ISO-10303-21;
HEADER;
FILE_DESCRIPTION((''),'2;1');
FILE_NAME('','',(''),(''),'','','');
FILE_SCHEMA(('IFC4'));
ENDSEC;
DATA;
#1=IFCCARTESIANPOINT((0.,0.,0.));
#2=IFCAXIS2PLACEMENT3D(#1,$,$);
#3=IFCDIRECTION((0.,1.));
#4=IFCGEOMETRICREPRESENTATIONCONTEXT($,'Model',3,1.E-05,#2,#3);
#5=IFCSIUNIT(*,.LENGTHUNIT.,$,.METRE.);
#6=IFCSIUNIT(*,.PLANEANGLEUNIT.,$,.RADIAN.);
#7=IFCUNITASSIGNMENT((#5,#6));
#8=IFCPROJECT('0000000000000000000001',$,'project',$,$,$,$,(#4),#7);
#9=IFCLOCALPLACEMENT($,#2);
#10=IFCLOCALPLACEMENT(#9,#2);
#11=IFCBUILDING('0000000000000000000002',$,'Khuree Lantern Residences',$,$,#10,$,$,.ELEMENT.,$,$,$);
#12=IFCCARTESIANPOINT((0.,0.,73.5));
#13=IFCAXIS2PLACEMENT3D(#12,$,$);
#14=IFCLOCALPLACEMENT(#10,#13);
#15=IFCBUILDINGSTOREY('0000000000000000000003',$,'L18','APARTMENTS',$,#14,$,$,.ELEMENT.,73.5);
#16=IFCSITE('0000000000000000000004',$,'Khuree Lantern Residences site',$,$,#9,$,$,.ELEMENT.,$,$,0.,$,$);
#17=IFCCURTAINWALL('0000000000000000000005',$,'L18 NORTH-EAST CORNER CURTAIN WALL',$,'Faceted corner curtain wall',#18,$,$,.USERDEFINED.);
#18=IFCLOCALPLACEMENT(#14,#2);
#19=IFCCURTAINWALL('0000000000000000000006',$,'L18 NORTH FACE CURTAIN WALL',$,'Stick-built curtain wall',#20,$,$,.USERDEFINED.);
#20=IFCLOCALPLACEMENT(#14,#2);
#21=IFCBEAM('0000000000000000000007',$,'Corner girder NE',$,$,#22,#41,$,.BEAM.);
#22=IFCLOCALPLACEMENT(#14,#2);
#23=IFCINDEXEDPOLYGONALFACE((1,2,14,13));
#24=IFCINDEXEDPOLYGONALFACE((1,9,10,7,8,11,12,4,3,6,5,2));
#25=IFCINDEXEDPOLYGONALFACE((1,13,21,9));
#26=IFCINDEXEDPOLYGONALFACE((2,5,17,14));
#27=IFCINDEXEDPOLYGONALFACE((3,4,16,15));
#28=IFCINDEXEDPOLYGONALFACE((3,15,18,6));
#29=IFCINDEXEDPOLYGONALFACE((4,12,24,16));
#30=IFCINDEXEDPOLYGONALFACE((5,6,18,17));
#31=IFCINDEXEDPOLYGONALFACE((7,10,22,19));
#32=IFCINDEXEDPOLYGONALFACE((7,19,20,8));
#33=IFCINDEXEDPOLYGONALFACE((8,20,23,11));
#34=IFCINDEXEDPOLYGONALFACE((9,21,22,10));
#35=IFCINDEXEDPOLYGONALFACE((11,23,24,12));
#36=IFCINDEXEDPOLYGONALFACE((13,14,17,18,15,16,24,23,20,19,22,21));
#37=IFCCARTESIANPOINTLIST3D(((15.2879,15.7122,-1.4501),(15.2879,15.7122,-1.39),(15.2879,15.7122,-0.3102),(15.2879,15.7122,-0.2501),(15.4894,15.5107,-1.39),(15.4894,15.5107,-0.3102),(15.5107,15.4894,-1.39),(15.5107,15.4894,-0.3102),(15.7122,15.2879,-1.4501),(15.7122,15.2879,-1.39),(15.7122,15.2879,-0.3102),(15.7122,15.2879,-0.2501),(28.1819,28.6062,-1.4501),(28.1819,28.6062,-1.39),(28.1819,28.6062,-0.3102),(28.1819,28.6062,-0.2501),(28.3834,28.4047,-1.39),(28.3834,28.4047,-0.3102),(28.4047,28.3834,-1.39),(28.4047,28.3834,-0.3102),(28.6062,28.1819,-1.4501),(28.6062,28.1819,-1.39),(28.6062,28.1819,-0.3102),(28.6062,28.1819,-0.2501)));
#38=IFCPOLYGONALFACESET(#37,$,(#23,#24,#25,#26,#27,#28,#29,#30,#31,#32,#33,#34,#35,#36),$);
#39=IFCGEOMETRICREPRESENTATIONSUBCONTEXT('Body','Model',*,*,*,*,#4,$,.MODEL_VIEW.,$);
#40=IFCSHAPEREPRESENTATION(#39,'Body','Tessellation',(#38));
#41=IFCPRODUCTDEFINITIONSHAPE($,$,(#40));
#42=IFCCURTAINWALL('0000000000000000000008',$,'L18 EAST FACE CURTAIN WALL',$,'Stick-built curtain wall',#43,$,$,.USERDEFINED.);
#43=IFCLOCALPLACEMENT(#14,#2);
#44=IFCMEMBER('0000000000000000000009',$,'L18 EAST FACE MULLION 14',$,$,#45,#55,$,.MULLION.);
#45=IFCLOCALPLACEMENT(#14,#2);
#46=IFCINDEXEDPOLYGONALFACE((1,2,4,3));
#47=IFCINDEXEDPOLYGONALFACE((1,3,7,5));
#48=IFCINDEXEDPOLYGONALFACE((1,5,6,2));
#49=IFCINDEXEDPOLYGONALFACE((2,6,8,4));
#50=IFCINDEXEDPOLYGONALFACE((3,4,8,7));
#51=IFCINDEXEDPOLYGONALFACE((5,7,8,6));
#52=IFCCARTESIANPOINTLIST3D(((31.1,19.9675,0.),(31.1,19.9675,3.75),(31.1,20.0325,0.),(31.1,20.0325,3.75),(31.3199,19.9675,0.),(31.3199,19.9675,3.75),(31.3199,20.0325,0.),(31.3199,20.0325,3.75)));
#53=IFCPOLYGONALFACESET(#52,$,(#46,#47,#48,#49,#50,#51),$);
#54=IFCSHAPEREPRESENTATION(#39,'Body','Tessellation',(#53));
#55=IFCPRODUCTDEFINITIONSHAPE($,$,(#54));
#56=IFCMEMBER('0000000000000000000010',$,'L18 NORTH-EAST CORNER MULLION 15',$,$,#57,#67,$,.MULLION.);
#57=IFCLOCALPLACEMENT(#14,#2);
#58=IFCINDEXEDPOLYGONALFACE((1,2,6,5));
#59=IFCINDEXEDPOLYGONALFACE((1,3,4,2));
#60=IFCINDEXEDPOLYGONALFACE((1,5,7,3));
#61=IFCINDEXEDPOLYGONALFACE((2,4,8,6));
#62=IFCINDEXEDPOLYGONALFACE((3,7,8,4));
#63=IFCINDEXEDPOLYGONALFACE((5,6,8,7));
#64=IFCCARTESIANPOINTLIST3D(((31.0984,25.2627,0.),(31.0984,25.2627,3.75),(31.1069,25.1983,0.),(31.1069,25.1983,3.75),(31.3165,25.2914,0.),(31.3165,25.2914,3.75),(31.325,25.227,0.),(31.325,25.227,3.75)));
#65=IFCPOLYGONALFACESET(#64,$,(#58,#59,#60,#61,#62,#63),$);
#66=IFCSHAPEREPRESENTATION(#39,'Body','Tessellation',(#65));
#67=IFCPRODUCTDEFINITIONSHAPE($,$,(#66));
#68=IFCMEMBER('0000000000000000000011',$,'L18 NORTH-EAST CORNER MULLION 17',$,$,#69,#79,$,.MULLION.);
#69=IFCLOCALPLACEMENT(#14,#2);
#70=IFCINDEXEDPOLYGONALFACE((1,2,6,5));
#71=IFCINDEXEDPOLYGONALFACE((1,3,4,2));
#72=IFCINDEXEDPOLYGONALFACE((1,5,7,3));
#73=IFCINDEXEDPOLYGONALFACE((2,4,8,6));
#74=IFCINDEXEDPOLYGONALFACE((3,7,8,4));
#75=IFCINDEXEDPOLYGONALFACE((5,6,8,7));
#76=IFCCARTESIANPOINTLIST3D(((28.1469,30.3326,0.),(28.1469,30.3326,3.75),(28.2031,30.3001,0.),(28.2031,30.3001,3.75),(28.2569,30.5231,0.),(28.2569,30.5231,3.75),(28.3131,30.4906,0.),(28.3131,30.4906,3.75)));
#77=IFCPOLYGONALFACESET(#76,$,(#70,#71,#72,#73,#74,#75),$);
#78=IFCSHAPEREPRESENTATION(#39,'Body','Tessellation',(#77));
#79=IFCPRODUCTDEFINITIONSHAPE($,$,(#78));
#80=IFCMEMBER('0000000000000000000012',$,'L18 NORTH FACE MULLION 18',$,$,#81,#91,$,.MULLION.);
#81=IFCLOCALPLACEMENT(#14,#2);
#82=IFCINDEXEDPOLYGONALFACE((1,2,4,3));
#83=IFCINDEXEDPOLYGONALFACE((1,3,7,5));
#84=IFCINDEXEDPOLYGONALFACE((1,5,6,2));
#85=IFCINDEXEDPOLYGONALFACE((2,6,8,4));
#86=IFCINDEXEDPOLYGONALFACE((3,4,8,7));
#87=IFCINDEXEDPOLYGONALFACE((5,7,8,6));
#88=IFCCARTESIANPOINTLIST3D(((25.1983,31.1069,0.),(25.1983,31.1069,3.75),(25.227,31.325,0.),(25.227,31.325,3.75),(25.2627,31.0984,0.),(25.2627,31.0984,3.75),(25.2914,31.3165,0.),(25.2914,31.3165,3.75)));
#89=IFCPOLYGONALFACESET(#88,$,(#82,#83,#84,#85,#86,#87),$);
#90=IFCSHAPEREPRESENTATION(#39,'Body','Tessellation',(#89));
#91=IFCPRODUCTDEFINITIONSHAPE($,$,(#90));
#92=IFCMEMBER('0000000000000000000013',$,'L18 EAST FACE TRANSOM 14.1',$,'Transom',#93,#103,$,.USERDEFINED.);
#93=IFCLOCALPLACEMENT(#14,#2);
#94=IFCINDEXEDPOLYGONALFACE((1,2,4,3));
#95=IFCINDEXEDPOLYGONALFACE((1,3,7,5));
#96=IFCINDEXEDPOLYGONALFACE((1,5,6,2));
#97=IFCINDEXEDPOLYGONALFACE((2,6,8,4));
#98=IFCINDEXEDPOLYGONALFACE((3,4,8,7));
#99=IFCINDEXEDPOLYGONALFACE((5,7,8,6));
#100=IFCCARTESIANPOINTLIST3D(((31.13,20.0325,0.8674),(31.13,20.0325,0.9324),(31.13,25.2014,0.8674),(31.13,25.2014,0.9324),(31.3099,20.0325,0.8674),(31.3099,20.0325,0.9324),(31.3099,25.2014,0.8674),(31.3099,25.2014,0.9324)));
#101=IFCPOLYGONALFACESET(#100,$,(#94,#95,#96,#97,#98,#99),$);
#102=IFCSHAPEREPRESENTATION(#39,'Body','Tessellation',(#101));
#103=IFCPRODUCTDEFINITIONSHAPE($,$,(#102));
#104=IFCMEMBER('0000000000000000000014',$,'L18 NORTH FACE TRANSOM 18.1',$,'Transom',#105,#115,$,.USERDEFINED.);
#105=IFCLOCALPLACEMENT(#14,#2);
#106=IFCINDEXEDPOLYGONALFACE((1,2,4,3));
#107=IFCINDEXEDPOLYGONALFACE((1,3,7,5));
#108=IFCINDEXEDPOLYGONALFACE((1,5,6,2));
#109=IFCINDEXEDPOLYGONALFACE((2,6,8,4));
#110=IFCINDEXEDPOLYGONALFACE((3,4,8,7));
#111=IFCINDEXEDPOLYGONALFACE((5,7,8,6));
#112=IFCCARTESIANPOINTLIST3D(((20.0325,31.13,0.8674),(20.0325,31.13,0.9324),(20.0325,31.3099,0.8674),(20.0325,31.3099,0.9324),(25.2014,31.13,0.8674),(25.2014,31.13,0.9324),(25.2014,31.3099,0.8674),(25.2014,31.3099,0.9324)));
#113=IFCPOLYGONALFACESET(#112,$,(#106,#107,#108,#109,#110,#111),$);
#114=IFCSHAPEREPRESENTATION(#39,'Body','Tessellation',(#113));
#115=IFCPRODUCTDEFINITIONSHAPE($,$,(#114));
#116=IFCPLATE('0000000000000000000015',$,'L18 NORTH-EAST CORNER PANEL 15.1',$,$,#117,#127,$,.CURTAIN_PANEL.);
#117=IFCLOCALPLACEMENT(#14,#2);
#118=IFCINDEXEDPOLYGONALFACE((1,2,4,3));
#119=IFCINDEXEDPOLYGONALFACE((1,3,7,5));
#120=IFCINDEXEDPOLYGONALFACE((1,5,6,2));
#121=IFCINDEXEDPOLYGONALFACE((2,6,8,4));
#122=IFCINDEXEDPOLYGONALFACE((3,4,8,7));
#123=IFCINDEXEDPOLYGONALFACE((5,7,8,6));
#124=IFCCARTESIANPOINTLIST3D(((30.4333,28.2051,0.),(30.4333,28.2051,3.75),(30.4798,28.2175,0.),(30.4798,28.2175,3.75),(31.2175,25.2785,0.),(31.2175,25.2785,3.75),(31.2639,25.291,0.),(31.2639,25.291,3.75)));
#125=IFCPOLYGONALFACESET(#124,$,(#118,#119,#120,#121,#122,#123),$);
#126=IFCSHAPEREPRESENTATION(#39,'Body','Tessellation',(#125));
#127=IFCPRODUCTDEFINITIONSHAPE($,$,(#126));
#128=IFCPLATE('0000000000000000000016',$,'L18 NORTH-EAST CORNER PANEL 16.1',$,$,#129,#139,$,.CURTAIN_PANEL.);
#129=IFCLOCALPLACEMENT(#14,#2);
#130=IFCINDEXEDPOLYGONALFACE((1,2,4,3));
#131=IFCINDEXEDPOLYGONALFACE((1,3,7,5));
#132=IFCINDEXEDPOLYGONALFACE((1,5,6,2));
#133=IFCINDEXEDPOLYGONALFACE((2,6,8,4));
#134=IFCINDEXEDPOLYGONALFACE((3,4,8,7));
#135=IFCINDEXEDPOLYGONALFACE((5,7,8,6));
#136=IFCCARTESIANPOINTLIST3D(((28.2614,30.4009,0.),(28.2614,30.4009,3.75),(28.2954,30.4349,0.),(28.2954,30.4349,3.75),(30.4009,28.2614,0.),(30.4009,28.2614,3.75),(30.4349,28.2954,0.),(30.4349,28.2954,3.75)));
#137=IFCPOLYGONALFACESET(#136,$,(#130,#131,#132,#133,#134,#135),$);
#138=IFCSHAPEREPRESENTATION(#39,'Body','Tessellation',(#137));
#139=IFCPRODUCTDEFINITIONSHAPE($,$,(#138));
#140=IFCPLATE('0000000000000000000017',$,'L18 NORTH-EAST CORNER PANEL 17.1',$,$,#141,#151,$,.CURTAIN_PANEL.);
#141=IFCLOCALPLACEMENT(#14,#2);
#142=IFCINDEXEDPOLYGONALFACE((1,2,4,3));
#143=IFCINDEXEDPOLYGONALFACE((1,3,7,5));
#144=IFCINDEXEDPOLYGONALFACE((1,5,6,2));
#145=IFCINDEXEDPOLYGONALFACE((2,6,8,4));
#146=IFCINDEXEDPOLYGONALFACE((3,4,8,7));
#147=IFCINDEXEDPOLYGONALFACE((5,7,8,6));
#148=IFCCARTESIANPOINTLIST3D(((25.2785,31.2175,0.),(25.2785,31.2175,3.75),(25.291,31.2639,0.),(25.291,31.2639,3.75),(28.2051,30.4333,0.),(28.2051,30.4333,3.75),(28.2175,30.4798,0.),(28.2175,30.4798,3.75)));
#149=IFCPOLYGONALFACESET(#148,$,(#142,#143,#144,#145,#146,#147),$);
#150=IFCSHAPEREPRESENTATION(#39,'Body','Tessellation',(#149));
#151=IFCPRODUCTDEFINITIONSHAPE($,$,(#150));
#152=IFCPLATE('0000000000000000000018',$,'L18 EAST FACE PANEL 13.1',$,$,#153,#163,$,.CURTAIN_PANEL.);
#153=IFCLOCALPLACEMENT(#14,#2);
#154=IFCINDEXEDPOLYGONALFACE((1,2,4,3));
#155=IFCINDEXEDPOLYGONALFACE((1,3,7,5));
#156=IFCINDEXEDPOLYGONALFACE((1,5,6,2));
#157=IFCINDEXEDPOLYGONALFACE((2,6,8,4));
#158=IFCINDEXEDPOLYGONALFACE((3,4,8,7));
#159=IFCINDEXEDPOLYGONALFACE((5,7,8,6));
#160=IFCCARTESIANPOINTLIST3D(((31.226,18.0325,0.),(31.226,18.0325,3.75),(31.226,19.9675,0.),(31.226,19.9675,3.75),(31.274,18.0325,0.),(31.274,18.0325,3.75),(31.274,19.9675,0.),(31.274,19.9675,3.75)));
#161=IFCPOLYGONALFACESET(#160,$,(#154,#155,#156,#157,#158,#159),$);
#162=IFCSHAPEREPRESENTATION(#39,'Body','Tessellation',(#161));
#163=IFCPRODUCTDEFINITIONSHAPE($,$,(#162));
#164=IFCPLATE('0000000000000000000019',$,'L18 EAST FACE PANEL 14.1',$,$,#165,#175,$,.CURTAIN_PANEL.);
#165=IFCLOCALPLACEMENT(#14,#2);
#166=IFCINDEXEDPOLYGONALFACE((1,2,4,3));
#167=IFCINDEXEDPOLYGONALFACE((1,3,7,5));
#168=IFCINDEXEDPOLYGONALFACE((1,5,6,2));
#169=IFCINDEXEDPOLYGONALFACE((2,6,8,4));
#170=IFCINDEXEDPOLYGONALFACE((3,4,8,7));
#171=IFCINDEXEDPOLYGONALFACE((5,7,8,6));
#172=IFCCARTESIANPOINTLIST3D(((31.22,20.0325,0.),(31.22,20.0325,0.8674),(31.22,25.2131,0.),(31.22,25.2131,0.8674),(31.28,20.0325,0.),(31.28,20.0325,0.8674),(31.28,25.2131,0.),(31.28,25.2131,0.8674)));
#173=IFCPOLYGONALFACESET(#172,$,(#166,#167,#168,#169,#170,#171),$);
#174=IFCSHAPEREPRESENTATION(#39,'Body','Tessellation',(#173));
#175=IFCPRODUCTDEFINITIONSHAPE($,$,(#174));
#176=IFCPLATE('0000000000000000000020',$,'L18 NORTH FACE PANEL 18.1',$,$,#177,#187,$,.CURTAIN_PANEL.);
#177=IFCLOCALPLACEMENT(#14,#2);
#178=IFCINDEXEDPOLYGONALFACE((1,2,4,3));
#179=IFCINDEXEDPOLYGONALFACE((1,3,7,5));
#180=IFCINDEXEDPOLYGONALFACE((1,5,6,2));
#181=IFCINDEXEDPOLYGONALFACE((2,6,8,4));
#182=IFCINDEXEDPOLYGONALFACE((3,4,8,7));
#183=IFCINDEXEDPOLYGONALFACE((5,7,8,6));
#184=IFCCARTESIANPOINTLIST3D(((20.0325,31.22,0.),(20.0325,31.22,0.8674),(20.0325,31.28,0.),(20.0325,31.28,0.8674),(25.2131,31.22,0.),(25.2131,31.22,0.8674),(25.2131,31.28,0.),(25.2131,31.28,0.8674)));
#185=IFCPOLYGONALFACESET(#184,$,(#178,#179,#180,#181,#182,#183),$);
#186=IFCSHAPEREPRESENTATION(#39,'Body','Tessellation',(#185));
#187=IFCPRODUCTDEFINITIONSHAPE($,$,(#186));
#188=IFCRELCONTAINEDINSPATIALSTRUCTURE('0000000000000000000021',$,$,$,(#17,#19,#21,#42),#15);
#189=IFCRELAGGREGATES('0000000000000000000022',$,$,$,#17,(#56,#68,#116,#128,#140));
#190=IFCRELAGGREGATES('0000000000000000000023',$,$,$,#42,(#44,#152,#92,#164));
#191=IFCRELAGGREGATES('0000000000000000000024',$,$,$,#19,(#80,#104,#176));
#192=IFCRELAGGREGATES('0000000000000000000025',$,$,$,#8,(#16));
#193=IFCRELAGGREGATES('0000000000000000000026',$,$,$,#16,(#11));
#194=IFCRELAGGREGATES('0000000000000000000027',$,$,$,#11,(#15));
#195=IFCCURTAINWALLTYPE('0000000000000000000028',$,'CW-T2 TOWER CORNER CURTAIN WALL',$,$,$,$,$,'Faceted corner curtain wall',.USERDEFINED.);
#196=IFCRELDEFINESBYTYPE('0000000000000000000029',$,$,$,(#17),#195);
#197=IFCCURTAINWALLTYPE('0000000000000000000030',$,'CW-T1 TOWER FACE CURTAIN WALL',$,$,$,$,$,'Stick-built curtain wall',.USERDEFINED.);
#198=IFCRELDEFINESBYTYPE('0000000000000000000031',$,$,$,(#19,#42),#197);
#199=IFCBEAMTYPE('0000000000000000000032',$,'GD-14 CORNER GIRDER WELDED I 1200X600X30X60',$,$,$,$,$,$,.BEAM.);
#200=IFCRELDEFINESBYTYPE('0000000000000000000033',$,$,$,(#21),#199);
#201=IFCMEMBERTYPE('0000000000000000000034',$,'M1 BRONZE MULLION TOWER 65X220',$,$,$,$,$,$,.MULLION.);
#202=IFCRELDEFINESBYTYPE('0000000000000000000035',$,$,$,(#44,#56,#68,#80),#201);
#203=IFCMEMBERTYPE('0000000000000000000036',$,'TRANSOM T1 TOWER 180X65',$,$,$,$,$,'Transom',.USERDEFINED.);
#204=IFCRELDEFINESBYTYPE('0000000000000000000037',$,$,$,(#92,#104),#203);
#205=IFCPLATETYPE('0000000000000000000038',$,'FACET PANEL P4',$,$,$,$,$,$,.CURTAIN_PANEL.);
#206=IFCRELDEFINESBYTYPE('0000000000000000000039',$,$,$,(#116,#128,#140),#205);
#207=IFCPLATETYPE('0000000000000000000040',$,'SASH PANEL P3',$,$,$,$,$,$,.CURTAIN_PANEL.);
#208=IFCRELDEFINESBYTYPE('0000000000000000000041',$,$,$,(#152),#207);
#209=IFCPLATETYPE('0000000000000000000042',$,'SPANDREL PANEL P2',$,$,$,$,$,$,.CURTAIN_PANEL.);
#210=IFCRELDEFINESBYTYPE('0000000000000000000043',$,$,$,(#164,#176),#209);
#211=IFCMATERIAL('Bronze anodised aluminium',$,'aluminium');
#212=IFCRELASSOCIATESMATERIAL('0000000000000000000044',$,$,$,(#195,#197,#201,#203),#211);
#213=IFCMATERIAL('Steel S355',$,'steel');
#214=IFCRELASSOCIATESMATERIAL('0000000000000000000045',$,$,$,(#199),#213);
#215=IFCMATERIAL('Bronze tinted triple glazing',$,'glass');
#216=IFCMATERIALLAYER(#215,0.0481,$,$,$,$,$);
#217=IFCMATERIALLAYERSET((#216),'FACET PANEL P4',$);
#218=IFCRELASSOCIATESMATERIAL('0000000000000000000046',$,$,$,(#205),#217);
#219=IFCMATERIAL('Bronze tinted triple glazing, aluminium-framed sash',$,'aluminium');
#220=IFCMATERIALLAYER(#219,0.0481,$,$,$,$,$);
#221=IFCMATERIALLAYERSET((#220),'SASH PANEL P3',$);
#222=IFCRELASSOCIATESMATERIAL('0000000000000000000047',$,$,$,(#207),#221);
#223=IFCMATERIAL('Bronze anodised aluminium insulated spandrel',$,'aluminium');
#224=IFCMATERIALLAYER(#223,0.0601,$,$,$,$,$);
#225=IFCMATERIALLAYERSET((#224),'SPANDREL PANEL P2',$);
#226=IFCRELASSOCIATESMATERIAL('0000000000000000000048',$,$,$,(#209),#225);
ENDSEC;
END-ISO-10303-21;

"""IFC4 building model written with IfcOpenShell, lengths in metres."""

from ifc_helpers import new_model, si_unit, direction, frame, origin, origin_2d, place, context, subcontext, project, spatial, rectangle, i_section, extrude, material, layer, layer_set, material_profile, profile_set, type_object, element, aggregate, save


model = new_model("IFC4")

# Units and contexts
model_context = context("Model", 3, precision=1e-05, world=origin(), true_north=direction((0.0, 1.0)))
body_context = subcontext(model_context, "Body", "Model", "MODEL_VIEW")
ifc_project = project(units=[si_unit("LENGTHUNIT", "METRE"), si_unit("PLANEANGLEUNIT", "RADIAN")], contexts=[model_context])

# Site, building, storey
site_placement = place(None, origin())
site = spatial("IfcSite", under=ifc_project, at=site_placement, Name="Khuree Lantern Residences site", CompositionType="ELEMENT", RefElevation=0.0)
building_placement = place(site_placement, origin())
building = spatial("IfcBuilding", under=site, at=building_placement, Name="Khuree Lantern Residences", CompositionType="ELEMENT")
storey_placement = place(building_placement, frame((0.0, 0.0, 73.5)))
storey = spatial("IfcBuildingStorey", under=building, at=storey_placement, Name="L18", Description="APARTMENTS", CompositionType="ELEMENT", Elevation=73.5)

# Shared definitions
ifc_material_1 = material(Name="Steel S355", Category="steel")

# Curtain walls
ifc_material_2 = material(Name="Bronze anodised aluminium", Category="aluminium")
curtain_wall_type_1 = type_object("IfcCurtainWallType", Name="CW-T2 TOWER CORNER CURTAIN WALL", ElementType="Faceted corner curtain wall", PredefinedType="USERDEFINED", material=ifc_material_2)
curtain_wall_1_placement = place(storey_placement, origin())
curtain_wall_1 = element("IfcCurtainWall", 1, at=curtain_wall_1_placement, inside=storey, type_object=curtain_wall_type_1, Name="L18 NORTH-EAST CORNER CURTAIN WALL", ObjectType="Faceted corner curtain wall", PredefinedType="USERDEFINED")
curtain_wall_type_2 = type_object("IfcCurtainWallType", Name="CW-T1 TOWER FACE CURTAIN WALL", ElementType="Stick-built curtain wall", PredefinedType="USERDEFINED", material=ifc_material_2)
curtain_wall_2_placement = place(storey_placement, origin())
curtain_wall_2 = element("IfcCurtainWall", 2, at=curtain_wall_2_placement, inside=storey, type_object=curtain_wall_type_2, Name="L18 NORTH FACE CURTAIN WALL", ObjectType="Stick-built curtain wall", PredefinedType="USERDEFINED")

# Beam
ifc_material_profile_1 = material_profile(ifc_material_1, i_section(OverallWidth=0.6001, OverallDepth=1.2, WebThickness=0.03, FlangeThickness=0.0601, at=origin_2d()), Name="WELDED I 1200X600X30X60")
ifc_profile_set_1 = profile_set([ifc_material_profile_1], Name="Steel S355")
beam_type_1 = type_object("IfcBeamType", Name="GD-14 CORNER GIRDER WELDED I 1200X600X30X60", PredefinedType="BEAM", material=ifc_profile_set_1)
beam_1_placement = place(storey_placement, frame((28.394, 28.394, -0.8501), z_axis=(-0.707107, -0.707107, 0.0), x_axis=(0.707107, -0.707107, 0.0)))
element("IfcBeam", 3, at=beam_1_placement, inside=storey, type_object=beam_type_1, Name="Corner girder NE", PredefinedType="BEAM", context=body_context, shape_type="SweptSolid", body=[
    extrude(i_section(OverallWidth=0.6001, OverallDepth=1.2, WebThickness=0.03, FlangeThickness=0.0601, at=origin_2d()), origin(), (0.0, 0.0, 1.0), 18.2349),
])

# Curtain wall, member
curtain_wall_3_placement = place(storey_placement, origin())
curtain_wall_3 = element("IfcCurtainWall", 4, at=curtain_wall_3_placement, inside=storey, type_object=curtain_wall_type_2, Name="L18 EAST FACE CURTAIN WALL", ObjectType="Stick-built curtain wall", PredefinedType="USERDEFINED")
ifc_material_profile_2 = material_profile(ifc_material_2, rectangle(XDim=0.0649, YDim=0.22, at=origin_2d()), Name="M1 65X220")
ifc_profile_set_2 = profile_set([ifc_material_profile_2], Name="Bronze anodised aluminium")
member_type_1 = type_object("IfcMemberType", Name="M1 BRONZE MULLION TOWER 65X220", PredefinedType="MULLION", material=ifc_profile_set_2)
member_1_placement = place(storey_placement, frame((31.21, 20.0, 0.0), z_axis=(0.0, 0.0, 1.0), x_axis=(0.0, 1.0, 0.0)))
member_1 = element("IfcMember", 5, at=member_1_placement, type_object=member_type_1, Name="L18 EAST FACE MULLION 14", PredefinedType="MULLION", context=body_context, shape_type="SweptSolid", body=[
    extrude(rectangle(XDim=0.0649, YDim=0.22, at=origin_2d()), origin(), (0.0, 0.0, 1.0), 3.75),
])

# Members
member_2_placement = place(storey_placement, frame((31.2117, 25.2449, 0.0), z_axis=(0.0, 0.0, 1.0), x_axis=(-0.130526, 0.991445, 0.0)))
member_2 = element("IfcMember", 6, at=member_2_placement, type_object=member_type_1, Name="L18 NORTH-EAST CORNER MULLION 15", PredefinedType="MULLION", context=body_context, shape_type="SweptSolid", body=[
    extrude(rectangle(XDim=0.0649, YDim=0.22, at=origin_2d()), origin(), (0.0, 0.0, 1.0), 3.75),
])
member_3_placement = place(storey_placement, frame((28.23, 30.4116, 0.0), z_axis=(0.0, 0.0, 1.0), x_axis=(-0.866025, 0.5, 0.0)))
member_3 = element("IfcMember", 7, at=member_3_placement, type_object=member_type_1, Name="L18 NORTH-EAST CORNER MULLION 17", PredefinedType="MULLION", context=body_context, shape_type="SweptSolid", body=[
    extrude(rectangle(XDim=0.0649, YDim=0.22, at=origin_2d()), origin(), (0.0, 0.0, 1.0), 3.75),
])
member_4_placement = place(storey_placement, frame((25.2449, 31.2117, 0.0), z_axis=(0.0, 0.0, 1.0), x_axis=(-0.991445, 0.130526, 0.0)))
member_4 = element("IfcMember", 8, at=member_4_placement, type_object=member_type_1, Name="L18 NORTH FACE MULLION 18", PredefinedType="MULLION", context=body_context, shape_type="SweptSolid", body=[
    extrude(rectangle(XDim=0.0649, YDim=0.22, at=origin_2d()), origin(), (0.0, 0.0, 1.0), 3.75),
])
ifc_material_profile_3 = material_profile(ifc_material_2, rectangle(XDim=0.1799, YDim=0.0649, at=origin_2d()), Name="T1 180X65")
ifc_profile_set_3 = profile_set([ifc_material_profile_3], Name="Bronze anodised aluminium")
member_type_2 = type_object("IfcMemberType", Name="TRANSOM T1 TOWER 180X65", ElementType="Transom", PredefinedType="USERDEFINED", material=ifc_profile_set_3)
member_5_placement = place(storey_placement, frame((31.22, 20.0325, 0.8999), z_axis=(0.0, 1.0, 0.0), x_axis=(-1.0, 0.0, 0.0)))
member_5 = element("IfcMember", 9, at=member_5_placement, type_object=member_type_2, Name="L18 EAST FACE TRANSOM 14.1", ObjectType="Transom", PredefinedType="USERDEFINED", context=body_context, shape_type="SweptSolid", body=[
    extrude(rectangle(XDim=0.1799, YDim=0.0649, at=origin_2d()), origin(), (0.0, 0.0, 1.0), 5.1689),
])
member_6_placement = place(storey_placement, frame((25.2014, 31.22, 0.8999), z_axis=(-1.0, 0.0, 0.0), x_axis=(0.0, -1.0, 0.0)))
member_6 = element("IfcMember", 10, at=member_6_placement, type_object=member_type_2, Name="L18 NORTH FACE TRANSOM 18.1", ObjectType="Transom", PredefinedType="USERDEFINED", context=body_context, shape_type="SweptSolid", body=[
    extrude(rectangle(XDim=0.1799, YDim=0.0649, at=origin_2d()), origin(), (0.0, 0.0, 1.0), 5.1689),
])

# Plates
ifc_material_3 = material(Name="Bronze tinted triple glazing", Category="glass")
ifc_layer_1 = layer(ifc_material_3, 0.0481)
ifc_layer_set_1 = layer_set([ifc_layer_1], Name="FACET PANEL P4")
plate_type_1 = type_object("IfcPlateType", Name="FACET PANEL P4", PredefinedType="CURTAIN_PANEL", material=ifc_layer_set_1)
plate_1_placement = place(storey_placement, frame((30.8486, 26.748, 0.0), z_axis=(0.0, 0.0, 1.0), x_axis=(-0.258819, 0.965926, 0.0)))
plate_1 = element("IfcPlate", 11, at=plate_1_placement, type_object=plate_type_1, Name="L18 NORTH-EAST CORNER PANEL 15.1", PredefinedType="CURTAIN_PANEL", context=body_context, shape_type="SweptSolid", body=[
    extrude(rectangle(XDim=3.0298, YDim=0.0481, at=origin_2d()), origin(), (0.0, 0.0, 1.0), 3.75),
])
plate_2_placement = place(storey_placement, frame((29.3481, 29.3481, 0.0), z_axis=(0.0, 0.0, 1.0), x_axis=(-0.707107, 0.707107, 0.0)))
plate_2 = element("IfcPlate", 12, at=plate_2_placement, type_object=plate_type_1, Name="L18 NORTH-EAST CORNER PANEL 16.1", PredefinedType="CURTAIN_PANEL", context=body_context, shape_type="SweptSolid", body=[
    extrude(rectangle(XDim=3.0256, YDim=0.0481, at=origin_2d()), origin(), (0.0, 0.0, 1.0), 3.75),
])
plate_3_placement = place(storey_placement, frame((26.748, 30.8486, 0.0), z_axis=(0.0, 0.0, 1.0), x_axis=(-0.965926, 0.258819, 0.0)))
plate_3 = element("IfcPlate", 13, at=plate_3_placement, type_object=plate_type_1, Name="L18 NORTH-EAST CORNER PANEL 17.1", PredefinedType="CURTAIN_PANEL", context=body_context, shape_type="SweptSolid", body=[
    extrude(rectangle(XDim=3.0298, YDim=0.0481, at=origin_2d()), origin(), (0.0, 0.0, 1.0), 3.75),
])
aggregate(curtain_wall_1, [member_2, member_3, plate_1, plate_2, plate_3])
ifc_material_4 = material(Name="Bronze tinted triple glazing, aluminium-framed sash", Category="aluminium")
ifc_layer_2 = layer(ifc_material_4, 0.0481)
ifc_layer_set_2 = layer_set([ifc_layer_2], Name="SASH PANEL P3")
plate_type_2 = type_object("IfcPlateType", Name="SASH PANEL P3", PredefinedType="CURTAIN_PANEL", material=ifc_layer_set_2)
plate_4_placement = place(storey_placement, frame((31.25, 19.0, 0.0), z_axis=(0.0, 0.0, 1.0), x_axis=(0.0, 1.0, 0.0)))
plate_4 = element("IfcPlate", 14, at=plate_4_placement, type_object=plate_type_2, Name="L18 EAST FACE PANEL 13.1", PredefinedType="CURTAIN_PANEL", context=body_context, shape_type="SweptSolid", body=[
    extrude(rectangle(XDim=1.9351, YDim=0.0481, at=origin_2d()), origin(), (0.0, 0.0, 1.0), 3.75),
])
ifc_material_5 = material(Name="Bronze anodised aluminium insulated spandrel", Category="aluminium")
ifc_layer_3 = layer(ifc_material_5, 0.0601)
ifc_layer_set_3 = layer_set([ifc_layer_3], Name="SPANDREL PANEL P2")
plate_type_3 = type_object("IfcPlateType", Name="SPANDREL PANEL P2", PredefinedType="CURTAIN_PANEL", material=ifc_layer_set_3)
plate_5_placement = place(storey_placement, frame((31.25, 22.6228, 0.0), z_axis=(0.0, 0.0, 1.0), x_axis=(0.0, 1.0, 0.0)))
plate_5 = element("IfcPlate", 15, at=plate_5_placement, type_object=plate_type_3, Name="L18 EAST FACE PANEL 14.1", PredefinedType="CURTAIN_PANEL", context=body_context, shape_type="SweptSolid", body=[
    extrude(rectangle(XDim=5.1807, YDim=0.0601, at=origin_2d()), origin(), (0.0, 0.0, 1.0), 0.8674),
])
plate_6_placement = place(storey_placement, frame((22.6228, 31.25, 0.0), z_axis=(0.0, 0.0, 1.0), x_axis=(-1.0, 0.0, 0.0)))
plate_6 = element("IfcPlate", 16, at=plate_6_placement, type_object=plate_type_3, Name="L18 NORTH FACE PANEL 18.1", PredefinedType="CURTAIN_PANEL", context=body_context, shape_type="SweptSolid", body=[
    extrude(rectangle(XDim=5.1807, YDim=0.0601, at=origin_2d()), origin(), (0.0, 0.0, 1.0), 0.8674),
])
aggregate(curtain_wall_3, [member_1, plate_4, member_5, plate_5])
aggregate(curtain_wall_2, [member_4, member_6, plate_6])

save(model, "model.ifc")
